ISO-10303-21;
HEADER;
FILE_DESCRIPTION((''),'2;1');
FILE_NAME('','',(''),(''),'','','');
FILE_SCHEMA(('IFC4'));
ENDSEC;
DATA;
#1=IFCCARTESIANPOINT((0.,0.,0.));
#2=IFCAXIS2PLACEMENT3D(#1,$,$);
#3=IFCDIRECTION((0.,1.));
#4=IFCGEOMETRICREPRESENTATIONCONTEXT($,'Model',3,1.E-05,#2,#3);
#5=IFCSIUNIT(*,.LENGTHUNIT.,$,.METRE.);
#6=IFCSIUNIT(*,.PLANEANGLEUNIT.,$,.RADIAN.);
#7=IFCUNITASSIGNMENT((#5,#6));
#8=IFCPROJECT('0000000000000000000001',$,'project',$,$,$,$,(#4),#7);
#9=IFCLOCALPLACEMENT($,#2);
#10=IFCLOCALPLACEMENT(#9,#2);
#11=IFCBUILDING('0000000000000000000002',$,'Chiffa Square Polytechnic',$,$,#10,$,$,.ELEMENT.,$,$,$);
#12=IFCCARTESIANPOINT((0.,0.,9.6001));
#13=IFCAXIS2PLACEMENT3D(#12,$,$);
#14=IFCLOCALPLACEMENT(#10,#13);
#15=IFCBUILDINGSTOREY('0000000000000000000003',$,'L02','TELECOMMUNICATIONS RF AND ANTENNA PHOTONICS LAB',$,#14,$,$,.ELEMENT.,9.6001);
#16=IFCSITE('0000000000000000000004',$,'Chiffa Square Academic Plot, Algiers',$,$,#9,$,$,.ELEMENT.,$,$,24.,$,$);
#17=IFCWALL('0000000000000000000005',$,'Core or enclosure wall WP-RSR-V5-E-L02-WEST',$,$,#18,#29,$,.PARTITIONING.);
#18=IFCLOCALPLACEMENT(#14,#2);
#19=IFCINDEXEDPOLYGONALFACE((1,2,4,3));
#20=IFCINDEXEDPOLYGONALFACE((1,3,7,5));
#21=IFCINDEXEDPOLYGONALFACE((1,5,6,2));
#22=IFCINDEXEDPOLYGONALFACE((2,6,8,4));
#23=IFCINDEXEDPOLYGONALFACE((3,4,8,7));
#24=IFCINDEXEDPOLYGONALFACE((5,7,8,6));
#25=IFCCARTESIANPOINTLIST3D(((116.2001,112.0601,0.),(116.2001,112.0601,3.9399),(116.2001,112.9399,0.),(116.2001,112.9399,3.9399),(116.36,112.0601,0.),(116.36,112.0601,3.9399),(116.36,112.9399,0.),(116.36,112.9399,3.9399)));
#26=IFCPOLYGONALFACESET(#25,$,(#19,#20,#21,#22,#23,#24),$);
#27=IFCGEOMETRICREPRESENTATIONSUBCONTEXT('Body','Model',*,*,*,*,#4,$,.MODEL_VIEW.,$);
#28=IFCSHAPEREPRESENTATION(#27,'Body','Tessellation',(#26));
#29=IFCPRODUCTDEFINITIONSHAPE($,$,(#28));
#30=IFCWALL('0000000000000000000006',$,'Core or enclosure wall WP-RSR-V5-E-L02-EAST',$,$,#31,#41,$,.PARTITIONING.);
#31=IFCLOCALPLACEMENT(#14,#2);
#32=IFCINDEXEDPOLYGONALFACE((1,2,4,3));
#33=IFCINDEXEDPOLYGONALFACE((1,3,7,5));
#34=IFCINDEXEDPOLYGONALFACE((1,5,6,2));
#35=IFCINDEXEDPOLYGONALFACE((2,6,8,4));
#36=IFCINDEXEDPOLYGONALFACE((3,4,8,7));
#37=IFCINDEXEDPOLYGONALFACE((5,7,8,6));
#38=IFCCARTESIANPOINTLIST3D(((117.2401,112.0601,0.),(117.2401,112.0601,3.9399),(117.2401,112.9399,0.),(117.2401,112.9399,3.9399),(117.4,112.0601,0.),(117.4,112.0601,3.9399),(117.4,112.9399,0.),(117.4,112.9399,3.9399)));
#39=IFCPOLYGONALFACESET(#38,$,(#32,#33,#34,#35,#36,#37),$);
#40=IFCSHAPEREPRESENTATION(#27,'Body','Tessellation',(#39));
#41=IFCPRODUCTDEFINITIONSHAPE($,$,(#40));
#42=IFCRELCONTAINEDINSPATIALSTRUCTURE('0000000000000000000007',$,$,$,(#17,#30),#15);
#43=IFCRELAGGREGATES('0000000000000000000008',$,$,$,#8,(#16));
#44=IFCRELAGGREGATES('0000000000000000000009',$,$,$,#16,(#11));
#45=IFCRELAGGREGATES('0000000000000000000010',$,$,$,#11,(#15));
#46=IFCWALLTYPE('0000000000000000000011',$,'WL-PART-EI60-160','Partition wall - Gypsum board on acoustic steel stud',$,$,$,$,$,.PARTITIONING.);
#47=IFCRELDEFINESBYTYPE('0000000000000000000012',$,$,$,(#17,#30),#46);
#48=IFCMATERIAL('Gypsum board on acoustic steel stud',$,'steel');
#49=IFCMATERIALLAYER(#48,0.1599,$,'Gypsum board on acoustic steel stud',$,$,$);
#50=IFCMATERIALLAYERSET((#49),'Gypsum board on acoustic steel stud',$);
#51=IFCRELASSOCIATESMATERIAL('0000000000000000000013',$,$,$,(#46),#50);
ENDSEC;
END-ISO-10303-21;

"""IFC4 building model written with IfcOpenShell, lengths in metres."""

from ifc_helpers import new_model, si_unit, direction, frame, frame_2d, origin, place, context, subcontext, project, spatial, rectangle, extrude, material, layer, layer_set, type_object, element, save


model = new_model("IFC4")

# Units and contexts
model_context = context("Model", 3, precision=1e-05, world=origin(), true_north=direction((0.0, 1.0)))
body_context = subcontext(model_context, "Body", "Model", "MODEL_VIEW")
ifc_project = project(units=[si_unit("LENGTHUNIT", "METRE"), si_unit("PLANEANGLEUNIT", "RADIAN")], contexts=[model_context])

# Site, building, storey
site_placement = place(None, origin())
site = spatial("IfcSite", under=ifc_project, at=site_placement, Name="Chiffa Square Academic Plot, Algiers", CompositionType="ELEMENT", RefElevation=24.0)
building_placement = place(site_placement, origin())
building = spatial("IfcBuilding", under=site, at=building_placement, Name="Chiffa Square Polytechnic", CompositionType="ELEMENT")
storey_placement = place(building_placement, frame((0.0, 0.0, 9.6001)))
storey = spatial("IfcBuildingStorey", under=building, at=storey_placement, Name="L02", Description="TELECOMMUNICATIONS RF AND ANTENNA PHOTONICS LAB", CompositionType="ELEMENT", Elevation=9.6001)

# Walls
ifc_material_1 = material(Name="Gypsum board on acoustic steel stud", Category="steel")
ifc_layer_1 = layer(ifc_material_1, 0.1599, Name="Gypsum board on acoustic steel stud")
ifc_layer_set_1 = layer_set([ifc_layer_1], Name="Gypsum board on acoustic steel stud")
wall_type_1 = type_object("IfcWallType", Name="WL-PART-EI60-160", Description="Partition wall - Gypsum board on acoustic steel stud", PredefinedType="PARTITIONING", material=ifc_layer_set_1)
for number, where, z_axis, x_axis, name in (
    (1, (116.28, 112.0601, 0.0), (0.0, 0.0, 1.0), (0.0, 1.0, 0.0), "Core or enclosure wall WP-RSR-V5-E-L02-WEST"),
    (2, (117.3201, 112.0601, 0.0), (0.0, 0.0, 1.0), (0.0, 1.0, 0.0), "Core or enclosure wall WP-RSR-V5-E-L02-EAST"),
):
    element("IfcWall", number, at=place(storey_placement, frame(where, z_axis=z_axis, x_axis=x_axis)), inside=storey, type_object=wall_type_1, Name=name, PredefinedType="PARTITIONING", context=body_context, shape_type="SweptSolid", body=[
        extrude(rectangle(XDim=0.8799, YDim=0.1599, at=frame_2d((0.4399, 0.0))), origin(), (0.0, 0.0, 1.0), 3.9399),
    ])

save(model, "model.ifc")
